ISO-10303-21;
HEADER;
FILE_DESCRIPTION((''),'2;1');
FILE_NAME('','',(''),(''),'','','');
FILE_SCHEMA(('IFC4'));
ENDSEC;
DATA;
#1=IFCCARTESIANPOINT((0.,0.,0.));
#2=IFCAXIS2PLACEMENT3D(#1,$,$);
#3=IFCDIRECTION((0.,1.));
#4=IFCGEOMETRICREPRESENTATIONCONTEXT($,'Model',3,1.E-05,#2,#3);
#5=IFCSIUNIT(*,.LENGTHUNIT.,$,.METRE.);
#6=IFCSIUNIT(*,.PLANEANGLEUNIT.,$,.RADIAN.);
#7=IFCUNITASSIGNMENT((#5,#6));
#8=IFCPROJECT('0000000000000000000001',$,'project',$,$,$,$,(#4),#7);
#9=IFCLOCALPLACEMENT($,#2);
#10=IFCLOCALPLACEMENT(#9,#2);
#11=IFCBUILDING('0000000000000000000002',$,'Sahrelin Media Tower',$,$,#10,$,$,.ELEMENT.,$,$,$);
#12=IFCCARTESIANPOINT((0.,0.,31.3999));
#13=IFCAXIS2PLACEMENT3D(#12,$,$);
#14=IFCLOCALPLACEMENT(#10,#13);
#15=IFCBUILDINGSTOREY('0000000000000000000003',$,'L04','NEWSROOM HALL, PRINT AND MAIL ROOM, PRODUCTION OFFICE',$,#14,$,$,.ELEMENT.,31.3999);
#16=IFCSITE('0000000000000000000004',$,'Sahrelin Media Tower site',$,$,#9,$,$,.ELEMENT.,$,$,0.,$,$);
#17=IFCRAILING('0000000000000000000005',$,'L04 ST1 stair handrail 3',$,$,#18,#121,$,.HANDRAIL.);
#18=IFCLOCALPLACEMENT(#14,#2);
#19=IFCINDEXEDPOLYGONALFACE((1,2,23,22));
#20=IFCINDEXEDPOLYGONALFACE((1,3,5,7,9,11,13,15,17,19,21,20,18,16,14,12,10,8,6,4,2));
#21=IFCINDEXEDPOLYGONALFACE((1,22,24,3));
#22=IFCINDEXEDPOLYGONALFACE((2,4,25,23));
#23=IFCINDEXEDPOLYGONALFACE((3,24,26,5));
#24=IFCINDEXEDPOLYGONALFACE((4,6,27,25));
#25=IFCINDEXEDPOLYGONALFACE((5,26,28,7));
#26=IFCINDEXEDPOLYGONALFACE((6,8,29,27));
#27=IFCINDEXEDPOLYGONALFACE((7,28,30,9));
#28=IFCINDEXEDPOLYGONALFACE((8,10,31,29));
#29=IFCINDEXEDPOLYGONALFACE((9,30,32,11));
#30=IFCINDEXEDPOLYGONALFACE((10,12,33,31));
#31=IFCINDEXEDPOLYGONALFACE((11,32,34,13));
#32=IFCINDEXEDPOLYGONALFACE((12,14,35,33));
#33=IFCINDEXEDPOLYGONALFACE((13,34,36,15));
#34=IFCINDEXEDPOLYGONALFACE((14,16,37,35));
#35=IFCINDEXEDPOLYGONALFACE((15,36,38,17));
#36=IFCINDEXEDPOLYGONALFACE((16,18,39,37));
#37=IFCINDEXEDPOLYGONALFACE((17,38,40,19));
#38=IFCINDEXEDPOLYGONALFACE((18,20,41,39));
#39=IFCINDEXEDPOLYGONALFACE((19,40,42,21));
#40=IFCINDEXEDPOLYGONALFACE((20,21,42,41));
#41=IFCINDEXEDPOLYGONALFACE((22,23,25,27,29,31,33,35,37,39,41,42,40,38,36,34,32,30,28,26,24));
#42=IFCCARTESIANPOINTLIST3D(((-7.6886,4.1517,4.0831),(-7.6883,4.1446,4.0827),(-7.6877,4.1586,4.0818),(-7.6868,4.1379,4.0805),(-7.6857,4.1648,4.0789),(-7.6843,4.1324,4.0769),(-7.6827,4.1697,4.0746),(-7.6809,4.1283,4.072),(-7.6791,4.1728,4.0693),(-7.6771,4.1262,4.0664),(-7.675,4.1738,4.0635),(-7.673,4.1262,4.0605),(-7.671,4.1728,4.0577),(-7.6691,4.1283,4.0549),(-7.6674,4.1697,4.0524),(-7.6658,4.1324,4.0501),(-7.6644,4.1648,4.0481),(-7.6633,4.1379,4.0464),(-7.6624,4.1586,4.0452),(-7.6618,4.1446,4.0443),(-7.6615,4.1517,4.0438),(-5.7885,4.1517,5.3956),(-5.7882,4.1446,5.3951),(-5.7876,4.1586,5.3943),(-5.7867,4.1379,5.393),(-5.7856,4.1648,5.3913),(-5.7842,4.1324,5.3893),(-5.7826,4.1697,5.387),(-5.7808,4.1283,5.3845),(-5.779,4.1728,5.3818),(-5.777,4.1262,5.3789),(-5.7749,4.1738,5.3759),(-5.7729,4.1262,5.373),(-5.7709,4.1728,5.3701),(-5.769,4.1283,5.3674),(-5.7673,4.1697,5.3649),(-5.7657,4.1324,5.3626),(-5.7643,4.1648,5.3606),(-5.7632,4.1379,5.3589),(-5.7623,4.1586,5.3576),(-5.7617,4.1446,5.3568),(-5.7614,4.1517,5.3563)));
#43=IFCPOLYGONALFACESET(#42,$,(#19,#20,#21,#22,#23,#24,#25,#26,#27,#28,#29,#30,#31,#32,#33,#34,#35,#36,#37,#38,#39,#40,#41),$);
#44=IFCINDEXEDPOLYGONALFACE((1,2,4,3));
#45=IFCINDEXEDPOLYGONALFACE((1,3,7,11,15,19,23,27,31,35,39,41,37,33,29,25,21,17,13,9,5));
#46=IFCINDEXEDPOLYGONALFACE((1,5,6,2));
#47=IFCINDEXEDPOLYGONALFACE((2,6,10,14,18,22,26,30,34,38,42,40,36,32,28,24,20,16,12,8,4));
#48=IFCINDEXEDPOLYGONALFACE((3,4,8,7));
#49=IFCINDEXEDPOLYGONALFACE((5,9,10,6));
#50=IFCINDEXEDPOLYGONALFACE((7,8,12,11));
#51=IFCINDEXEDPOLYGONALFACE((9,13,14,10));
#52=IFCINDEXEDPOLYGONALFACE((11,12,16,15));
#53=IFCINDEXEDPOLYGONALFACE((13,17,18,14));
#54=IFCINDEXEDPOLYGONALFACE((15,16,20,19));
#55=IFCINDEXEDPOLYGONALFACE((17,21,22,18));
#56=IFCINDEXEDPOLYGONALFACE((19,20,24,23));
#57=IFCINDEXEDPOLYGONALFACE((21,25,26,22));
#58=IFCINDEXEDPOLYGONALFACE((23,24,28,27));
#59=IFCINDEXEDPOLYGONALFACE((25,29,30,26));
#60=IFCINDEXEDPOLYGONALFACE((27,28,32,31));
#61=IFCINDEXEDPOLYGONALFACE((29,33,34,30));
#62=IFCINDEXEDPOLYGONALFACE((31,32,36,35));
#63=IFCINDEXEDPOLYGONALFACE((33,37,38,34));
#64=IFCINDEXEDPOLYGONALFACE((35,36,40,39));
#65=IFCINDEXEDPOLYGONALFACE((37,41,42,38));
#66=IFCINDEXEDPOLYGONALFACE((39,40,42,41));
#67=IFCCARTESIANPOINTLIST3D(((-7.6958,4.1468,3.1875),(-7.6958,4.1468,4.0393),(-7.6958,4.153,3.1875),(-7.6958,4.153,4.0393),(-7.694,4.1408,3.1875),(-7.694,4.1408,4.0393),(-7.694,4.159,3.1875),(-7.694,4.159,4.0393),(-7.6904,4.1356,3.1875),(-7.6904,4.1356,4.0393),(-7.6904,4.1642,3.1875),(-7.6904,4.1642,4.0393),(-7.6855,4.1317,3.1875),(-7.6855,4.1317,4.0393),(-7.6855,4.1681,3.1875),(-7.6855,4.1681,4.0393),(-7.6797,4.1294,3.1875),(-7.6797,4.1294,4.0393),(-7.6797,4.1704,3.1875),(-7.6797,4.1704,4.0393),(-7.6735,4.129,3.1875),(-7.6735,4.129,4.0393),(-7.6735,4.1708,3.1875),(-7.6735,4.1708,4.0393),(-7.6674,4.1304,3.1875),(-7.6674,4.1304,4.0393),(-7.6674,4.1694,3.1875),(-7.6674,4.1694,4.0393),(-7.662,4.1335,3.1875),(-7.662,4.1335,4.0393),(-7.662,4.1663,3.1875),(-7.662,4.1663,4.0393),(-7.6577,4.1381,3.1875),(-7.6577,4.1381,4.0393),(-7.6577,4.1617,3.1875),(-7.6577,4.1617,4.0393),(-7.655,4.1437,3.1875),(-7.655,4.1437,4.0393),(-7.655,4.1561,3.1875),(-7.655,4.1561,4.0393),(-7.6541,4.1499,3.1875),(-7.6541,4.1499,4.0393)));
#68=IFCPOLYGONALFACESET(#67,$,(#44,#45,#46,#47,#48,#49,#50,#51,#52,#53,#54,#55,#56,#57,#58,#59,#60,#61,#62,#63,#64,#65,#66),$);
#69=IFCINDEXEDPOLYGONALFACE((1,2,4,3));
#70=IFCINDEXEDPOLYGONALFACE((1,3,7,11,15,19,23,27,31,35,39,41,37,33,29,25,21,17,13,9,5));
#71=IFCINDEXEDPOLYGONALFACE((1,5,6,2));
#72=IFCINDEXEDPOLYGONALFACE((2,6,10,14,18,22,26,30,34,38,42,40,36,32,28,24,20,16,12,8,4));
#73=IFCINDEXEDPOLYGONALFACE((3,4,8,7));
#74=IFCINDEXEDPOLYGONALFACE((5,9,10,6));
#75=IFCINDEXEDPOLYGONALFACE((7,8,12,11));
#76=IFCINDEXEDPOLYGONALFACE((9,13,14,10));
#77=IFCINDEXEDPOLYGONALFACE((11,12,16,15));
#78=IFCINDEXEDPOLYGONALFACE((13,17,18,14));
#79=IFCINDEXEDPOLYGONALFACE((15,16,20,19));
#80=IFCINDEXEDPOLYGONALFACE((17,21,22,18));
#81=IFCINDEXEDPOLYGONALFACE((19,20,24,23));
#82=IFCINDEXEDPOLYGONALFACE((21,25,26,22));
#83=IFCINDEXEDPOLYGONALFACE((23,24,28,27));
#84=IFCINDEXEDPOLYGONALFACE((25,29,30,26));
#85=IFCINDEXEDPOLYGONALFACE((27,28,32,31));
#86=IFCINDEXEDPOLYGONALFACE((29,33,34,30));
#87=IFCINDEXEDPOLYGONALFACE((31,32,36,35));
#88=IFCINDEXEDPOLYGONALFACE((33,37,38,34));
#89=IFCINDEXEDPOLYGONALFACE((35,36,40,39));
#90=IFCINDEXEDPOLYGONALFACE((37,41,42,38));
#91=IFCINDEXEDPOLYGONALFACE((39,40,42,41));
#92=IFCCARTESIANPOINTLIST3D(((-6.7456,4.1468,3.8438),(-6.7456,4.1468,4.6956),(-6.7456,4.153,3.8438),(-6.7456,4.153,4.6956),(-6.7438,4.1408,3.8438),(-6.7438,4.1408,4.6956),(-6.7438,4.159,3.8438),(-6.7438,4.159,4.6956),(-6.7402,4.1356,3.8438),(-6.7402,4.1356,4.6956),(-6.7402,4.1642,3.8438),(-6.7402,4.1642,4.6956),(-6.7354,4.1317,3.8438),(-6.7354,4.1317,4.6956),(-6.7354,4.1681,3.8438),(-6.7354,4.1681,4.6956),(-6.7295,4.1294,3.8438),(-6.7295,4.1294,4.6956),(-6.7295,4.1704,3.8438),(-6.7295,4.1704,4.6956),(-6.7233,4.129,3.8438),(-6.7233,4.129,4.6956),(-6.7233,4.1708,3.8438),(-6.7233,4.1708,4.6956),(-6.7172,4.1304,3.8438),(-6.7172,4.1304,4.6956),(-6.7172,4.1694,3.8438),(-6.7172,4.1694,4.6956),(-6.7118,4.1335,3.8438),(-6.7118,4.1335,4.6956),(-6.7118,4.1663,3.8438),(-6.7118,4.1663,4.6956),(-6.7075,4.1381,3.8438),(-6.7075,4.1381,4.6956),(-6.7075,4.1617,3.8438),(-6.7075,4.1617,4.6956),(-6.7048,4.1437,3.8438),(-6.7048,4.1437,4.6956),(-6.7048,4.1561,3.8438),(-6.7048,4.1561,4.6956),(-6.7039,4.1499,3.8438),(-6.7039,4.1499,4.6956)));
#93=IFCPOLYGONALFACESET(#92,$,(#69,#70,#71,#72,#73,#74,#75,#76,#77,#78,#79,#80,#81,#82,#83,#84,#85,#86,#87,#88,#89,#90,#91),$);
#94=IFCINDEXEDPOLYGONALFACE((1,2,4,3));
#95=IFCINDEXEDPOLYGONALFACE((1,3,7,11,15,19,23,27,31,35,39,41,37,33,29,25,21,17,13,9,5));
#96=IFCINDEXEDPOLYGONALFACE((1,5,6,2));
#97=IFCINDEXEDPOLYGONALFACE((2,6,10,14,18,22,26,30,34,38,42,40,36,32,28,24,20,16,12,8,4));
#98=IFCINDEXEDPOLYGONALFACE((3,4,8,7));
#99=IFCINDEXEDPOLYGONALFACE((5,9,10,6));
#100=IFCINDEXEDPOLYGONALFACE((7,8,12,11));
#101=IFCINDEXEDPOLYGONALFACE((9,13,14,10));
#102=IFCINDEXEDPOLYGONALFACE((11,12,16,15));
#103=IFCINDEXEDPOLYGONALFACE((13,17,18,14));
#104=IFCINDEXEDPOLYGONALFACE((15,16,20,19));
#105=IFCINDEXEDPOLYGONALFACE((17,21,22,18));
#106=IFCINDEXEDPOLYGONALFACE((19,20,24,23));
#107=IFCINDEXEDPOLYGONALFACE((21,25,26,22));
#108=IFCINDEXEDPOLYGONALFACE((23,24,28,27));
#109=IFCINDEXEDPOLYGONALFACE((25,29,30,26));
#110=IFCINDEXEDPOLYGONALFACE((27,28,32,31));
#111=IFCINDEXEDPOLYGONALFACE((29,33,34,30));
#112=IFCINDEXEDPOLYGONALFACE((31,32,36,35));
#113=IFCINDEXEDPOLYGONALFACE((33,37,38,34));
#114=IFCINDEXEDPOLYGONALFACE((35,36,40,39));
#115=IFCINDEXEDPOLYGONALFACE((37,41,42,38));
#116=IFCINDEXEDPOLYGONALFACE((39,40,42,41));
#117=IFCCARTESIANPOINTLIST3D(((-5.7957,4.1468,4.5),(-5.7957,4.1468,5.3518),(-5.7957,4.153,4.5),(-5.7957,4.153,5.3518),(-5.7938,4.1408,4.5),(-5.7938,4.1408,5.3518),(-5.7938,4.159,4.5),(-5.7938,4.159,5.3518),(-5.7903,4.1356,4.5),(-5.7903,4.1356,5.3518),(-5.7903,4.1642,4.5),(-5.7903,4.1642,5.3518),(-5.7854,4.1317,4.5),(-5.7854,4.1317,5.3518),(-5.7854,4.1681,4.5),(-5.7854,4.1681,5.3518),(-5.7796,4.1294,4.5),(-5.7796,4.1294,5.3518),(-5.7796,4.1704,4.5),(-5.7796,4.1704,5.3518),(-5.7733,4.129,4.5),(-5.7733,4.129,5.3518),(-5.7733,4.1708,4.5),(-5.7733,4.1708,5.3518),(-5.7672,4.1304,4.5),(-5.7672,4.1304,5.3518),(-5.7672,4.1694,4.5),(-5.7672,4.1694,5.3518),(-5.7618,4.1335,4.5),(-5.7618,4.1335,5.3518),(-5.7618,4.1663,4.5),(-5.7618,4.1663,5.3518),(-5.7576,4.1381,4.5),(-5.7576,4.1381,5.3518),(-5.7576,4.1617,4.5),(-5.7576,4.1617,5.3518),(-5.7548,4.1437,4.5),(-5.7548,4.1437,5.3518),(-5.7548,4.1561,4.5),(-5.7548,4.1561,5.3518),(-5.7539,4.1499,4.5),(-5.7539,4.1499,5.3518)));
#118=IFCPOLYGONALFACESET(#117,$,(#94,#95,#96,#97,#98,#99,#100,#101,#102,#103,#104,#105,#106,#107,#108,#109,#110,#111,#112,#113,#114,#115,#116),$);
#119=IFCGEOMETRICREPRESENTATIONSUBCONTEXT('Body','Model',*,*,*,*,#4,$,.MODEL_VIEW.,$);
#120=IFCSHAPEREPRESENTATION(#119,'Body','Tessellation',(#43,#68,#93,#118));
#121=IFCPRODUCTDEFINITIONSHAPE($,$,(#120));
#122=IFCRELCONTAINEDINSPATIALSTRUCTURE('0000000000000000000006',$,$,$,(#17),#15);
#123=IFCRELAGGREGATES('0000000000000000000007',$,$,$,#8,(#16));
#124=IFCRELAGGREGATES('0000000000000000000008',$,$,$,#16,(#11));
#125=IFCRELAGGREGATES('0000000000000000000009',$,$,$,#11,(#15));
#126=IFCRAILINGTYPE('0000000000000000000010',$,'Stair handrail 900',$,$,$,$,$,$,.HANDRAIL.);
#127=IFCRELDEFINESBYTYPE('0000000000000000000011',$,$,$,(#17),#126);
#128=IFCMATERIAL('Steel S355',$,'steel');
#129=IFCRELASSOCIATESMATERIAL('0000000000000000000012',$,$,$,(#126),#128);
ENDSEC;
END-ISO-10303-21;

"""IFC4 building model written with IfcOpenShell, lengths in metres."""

from ifc_helpers import new_model, si_unit, direction, frame, origin, origin_2d, place, context, subcontext, project, spatial, circle, extrude, material, type_object, element, save


model = new_model("IFC4")

# Units and contexts
model_context = context("Model", 3, precision=1e-05, world=origin(), true_north=direction((0.0, 1.0)))
body_context = subcontext(model_context, "Body", "Model", "MODEL_VIEW")
ifc_project = project(units=[si_unit("LENGTHUNIT", "METRE"), si_unit("PLANEANGLEUNIT", "RADIAN")], contexts=[model_context])

# Site, building, storey
site_placement = place(None, origin())
site = spatial("IfcSite", under=ifc_project, at=site_placement, Name="Sahrelin Media Tower site", CompositionType="ELEMENT", RefElevation=0.0)
building_placement = place(site_placement, origin())
building = spatial("IfcBuilding", under=site, at=building_placement, Name="Sahrelin Media Tower", CompositionType="ELEMENT")
storey_placement = place(building_placement, frame((0.0, 0.0, 31.3999)))
storey = spatial("IfcBuildingStorey", under=building, at=storey_placement, Name="L04", Description="NEWSROOM HALL, PRINT AND MAIL ROOM, PRODUCTION OFFICE", CompositionType="ELEMENT", Elevation=31.3999)

# Shared definitions
ifc_material_1 = material(Name="Steel S355", Category="steel")

# Railing
railing_type_1 = type_object("IfcRailingType", Name="Stair handrail 900", PredefinedType="HANDRAIL", material=ifc_material_1)
for number, where, name in (
    (1, (-7.675, 4.1499, 3.1875), "L04 ST1 stair handrail 3"),
):
    element("IfcRailing", number, at=place(storey_placement, frame(where)), inside=storey, type_object=railing_type_1, Name=name, PredefinedType="HANDRAIL", context=body_context, shape_type="SweptSolid", body=[
        extrude(circle(Radius=0.0239, at=origin_2d()), frame((0.0, 0.0, 0.876), z_axis=(0.822797, 0.0, 0.568336), x_axis=(0.0, 1.0, 0.0)), (0.0, 0.0, 1.0), 2.3093),
        extrude(circle(Radius=0.021, at=origin_2d()), origin(), (0.0, 0.0, 1.0), 0.8518),
        extrude(circle(Radius=0.021, at=origin_2d()), frame((0.9502, 0.0, 0.6562)), (0.0, 0.0, 1.0), 0.8518),
        extrude(circle(Radius=0.021, at=origin_2d()), frame((1.9001, 0.0, 1.3125)), (0.0, 0.0, 1.0), 0.8518),
    ])

save(model, "model.ifc")
